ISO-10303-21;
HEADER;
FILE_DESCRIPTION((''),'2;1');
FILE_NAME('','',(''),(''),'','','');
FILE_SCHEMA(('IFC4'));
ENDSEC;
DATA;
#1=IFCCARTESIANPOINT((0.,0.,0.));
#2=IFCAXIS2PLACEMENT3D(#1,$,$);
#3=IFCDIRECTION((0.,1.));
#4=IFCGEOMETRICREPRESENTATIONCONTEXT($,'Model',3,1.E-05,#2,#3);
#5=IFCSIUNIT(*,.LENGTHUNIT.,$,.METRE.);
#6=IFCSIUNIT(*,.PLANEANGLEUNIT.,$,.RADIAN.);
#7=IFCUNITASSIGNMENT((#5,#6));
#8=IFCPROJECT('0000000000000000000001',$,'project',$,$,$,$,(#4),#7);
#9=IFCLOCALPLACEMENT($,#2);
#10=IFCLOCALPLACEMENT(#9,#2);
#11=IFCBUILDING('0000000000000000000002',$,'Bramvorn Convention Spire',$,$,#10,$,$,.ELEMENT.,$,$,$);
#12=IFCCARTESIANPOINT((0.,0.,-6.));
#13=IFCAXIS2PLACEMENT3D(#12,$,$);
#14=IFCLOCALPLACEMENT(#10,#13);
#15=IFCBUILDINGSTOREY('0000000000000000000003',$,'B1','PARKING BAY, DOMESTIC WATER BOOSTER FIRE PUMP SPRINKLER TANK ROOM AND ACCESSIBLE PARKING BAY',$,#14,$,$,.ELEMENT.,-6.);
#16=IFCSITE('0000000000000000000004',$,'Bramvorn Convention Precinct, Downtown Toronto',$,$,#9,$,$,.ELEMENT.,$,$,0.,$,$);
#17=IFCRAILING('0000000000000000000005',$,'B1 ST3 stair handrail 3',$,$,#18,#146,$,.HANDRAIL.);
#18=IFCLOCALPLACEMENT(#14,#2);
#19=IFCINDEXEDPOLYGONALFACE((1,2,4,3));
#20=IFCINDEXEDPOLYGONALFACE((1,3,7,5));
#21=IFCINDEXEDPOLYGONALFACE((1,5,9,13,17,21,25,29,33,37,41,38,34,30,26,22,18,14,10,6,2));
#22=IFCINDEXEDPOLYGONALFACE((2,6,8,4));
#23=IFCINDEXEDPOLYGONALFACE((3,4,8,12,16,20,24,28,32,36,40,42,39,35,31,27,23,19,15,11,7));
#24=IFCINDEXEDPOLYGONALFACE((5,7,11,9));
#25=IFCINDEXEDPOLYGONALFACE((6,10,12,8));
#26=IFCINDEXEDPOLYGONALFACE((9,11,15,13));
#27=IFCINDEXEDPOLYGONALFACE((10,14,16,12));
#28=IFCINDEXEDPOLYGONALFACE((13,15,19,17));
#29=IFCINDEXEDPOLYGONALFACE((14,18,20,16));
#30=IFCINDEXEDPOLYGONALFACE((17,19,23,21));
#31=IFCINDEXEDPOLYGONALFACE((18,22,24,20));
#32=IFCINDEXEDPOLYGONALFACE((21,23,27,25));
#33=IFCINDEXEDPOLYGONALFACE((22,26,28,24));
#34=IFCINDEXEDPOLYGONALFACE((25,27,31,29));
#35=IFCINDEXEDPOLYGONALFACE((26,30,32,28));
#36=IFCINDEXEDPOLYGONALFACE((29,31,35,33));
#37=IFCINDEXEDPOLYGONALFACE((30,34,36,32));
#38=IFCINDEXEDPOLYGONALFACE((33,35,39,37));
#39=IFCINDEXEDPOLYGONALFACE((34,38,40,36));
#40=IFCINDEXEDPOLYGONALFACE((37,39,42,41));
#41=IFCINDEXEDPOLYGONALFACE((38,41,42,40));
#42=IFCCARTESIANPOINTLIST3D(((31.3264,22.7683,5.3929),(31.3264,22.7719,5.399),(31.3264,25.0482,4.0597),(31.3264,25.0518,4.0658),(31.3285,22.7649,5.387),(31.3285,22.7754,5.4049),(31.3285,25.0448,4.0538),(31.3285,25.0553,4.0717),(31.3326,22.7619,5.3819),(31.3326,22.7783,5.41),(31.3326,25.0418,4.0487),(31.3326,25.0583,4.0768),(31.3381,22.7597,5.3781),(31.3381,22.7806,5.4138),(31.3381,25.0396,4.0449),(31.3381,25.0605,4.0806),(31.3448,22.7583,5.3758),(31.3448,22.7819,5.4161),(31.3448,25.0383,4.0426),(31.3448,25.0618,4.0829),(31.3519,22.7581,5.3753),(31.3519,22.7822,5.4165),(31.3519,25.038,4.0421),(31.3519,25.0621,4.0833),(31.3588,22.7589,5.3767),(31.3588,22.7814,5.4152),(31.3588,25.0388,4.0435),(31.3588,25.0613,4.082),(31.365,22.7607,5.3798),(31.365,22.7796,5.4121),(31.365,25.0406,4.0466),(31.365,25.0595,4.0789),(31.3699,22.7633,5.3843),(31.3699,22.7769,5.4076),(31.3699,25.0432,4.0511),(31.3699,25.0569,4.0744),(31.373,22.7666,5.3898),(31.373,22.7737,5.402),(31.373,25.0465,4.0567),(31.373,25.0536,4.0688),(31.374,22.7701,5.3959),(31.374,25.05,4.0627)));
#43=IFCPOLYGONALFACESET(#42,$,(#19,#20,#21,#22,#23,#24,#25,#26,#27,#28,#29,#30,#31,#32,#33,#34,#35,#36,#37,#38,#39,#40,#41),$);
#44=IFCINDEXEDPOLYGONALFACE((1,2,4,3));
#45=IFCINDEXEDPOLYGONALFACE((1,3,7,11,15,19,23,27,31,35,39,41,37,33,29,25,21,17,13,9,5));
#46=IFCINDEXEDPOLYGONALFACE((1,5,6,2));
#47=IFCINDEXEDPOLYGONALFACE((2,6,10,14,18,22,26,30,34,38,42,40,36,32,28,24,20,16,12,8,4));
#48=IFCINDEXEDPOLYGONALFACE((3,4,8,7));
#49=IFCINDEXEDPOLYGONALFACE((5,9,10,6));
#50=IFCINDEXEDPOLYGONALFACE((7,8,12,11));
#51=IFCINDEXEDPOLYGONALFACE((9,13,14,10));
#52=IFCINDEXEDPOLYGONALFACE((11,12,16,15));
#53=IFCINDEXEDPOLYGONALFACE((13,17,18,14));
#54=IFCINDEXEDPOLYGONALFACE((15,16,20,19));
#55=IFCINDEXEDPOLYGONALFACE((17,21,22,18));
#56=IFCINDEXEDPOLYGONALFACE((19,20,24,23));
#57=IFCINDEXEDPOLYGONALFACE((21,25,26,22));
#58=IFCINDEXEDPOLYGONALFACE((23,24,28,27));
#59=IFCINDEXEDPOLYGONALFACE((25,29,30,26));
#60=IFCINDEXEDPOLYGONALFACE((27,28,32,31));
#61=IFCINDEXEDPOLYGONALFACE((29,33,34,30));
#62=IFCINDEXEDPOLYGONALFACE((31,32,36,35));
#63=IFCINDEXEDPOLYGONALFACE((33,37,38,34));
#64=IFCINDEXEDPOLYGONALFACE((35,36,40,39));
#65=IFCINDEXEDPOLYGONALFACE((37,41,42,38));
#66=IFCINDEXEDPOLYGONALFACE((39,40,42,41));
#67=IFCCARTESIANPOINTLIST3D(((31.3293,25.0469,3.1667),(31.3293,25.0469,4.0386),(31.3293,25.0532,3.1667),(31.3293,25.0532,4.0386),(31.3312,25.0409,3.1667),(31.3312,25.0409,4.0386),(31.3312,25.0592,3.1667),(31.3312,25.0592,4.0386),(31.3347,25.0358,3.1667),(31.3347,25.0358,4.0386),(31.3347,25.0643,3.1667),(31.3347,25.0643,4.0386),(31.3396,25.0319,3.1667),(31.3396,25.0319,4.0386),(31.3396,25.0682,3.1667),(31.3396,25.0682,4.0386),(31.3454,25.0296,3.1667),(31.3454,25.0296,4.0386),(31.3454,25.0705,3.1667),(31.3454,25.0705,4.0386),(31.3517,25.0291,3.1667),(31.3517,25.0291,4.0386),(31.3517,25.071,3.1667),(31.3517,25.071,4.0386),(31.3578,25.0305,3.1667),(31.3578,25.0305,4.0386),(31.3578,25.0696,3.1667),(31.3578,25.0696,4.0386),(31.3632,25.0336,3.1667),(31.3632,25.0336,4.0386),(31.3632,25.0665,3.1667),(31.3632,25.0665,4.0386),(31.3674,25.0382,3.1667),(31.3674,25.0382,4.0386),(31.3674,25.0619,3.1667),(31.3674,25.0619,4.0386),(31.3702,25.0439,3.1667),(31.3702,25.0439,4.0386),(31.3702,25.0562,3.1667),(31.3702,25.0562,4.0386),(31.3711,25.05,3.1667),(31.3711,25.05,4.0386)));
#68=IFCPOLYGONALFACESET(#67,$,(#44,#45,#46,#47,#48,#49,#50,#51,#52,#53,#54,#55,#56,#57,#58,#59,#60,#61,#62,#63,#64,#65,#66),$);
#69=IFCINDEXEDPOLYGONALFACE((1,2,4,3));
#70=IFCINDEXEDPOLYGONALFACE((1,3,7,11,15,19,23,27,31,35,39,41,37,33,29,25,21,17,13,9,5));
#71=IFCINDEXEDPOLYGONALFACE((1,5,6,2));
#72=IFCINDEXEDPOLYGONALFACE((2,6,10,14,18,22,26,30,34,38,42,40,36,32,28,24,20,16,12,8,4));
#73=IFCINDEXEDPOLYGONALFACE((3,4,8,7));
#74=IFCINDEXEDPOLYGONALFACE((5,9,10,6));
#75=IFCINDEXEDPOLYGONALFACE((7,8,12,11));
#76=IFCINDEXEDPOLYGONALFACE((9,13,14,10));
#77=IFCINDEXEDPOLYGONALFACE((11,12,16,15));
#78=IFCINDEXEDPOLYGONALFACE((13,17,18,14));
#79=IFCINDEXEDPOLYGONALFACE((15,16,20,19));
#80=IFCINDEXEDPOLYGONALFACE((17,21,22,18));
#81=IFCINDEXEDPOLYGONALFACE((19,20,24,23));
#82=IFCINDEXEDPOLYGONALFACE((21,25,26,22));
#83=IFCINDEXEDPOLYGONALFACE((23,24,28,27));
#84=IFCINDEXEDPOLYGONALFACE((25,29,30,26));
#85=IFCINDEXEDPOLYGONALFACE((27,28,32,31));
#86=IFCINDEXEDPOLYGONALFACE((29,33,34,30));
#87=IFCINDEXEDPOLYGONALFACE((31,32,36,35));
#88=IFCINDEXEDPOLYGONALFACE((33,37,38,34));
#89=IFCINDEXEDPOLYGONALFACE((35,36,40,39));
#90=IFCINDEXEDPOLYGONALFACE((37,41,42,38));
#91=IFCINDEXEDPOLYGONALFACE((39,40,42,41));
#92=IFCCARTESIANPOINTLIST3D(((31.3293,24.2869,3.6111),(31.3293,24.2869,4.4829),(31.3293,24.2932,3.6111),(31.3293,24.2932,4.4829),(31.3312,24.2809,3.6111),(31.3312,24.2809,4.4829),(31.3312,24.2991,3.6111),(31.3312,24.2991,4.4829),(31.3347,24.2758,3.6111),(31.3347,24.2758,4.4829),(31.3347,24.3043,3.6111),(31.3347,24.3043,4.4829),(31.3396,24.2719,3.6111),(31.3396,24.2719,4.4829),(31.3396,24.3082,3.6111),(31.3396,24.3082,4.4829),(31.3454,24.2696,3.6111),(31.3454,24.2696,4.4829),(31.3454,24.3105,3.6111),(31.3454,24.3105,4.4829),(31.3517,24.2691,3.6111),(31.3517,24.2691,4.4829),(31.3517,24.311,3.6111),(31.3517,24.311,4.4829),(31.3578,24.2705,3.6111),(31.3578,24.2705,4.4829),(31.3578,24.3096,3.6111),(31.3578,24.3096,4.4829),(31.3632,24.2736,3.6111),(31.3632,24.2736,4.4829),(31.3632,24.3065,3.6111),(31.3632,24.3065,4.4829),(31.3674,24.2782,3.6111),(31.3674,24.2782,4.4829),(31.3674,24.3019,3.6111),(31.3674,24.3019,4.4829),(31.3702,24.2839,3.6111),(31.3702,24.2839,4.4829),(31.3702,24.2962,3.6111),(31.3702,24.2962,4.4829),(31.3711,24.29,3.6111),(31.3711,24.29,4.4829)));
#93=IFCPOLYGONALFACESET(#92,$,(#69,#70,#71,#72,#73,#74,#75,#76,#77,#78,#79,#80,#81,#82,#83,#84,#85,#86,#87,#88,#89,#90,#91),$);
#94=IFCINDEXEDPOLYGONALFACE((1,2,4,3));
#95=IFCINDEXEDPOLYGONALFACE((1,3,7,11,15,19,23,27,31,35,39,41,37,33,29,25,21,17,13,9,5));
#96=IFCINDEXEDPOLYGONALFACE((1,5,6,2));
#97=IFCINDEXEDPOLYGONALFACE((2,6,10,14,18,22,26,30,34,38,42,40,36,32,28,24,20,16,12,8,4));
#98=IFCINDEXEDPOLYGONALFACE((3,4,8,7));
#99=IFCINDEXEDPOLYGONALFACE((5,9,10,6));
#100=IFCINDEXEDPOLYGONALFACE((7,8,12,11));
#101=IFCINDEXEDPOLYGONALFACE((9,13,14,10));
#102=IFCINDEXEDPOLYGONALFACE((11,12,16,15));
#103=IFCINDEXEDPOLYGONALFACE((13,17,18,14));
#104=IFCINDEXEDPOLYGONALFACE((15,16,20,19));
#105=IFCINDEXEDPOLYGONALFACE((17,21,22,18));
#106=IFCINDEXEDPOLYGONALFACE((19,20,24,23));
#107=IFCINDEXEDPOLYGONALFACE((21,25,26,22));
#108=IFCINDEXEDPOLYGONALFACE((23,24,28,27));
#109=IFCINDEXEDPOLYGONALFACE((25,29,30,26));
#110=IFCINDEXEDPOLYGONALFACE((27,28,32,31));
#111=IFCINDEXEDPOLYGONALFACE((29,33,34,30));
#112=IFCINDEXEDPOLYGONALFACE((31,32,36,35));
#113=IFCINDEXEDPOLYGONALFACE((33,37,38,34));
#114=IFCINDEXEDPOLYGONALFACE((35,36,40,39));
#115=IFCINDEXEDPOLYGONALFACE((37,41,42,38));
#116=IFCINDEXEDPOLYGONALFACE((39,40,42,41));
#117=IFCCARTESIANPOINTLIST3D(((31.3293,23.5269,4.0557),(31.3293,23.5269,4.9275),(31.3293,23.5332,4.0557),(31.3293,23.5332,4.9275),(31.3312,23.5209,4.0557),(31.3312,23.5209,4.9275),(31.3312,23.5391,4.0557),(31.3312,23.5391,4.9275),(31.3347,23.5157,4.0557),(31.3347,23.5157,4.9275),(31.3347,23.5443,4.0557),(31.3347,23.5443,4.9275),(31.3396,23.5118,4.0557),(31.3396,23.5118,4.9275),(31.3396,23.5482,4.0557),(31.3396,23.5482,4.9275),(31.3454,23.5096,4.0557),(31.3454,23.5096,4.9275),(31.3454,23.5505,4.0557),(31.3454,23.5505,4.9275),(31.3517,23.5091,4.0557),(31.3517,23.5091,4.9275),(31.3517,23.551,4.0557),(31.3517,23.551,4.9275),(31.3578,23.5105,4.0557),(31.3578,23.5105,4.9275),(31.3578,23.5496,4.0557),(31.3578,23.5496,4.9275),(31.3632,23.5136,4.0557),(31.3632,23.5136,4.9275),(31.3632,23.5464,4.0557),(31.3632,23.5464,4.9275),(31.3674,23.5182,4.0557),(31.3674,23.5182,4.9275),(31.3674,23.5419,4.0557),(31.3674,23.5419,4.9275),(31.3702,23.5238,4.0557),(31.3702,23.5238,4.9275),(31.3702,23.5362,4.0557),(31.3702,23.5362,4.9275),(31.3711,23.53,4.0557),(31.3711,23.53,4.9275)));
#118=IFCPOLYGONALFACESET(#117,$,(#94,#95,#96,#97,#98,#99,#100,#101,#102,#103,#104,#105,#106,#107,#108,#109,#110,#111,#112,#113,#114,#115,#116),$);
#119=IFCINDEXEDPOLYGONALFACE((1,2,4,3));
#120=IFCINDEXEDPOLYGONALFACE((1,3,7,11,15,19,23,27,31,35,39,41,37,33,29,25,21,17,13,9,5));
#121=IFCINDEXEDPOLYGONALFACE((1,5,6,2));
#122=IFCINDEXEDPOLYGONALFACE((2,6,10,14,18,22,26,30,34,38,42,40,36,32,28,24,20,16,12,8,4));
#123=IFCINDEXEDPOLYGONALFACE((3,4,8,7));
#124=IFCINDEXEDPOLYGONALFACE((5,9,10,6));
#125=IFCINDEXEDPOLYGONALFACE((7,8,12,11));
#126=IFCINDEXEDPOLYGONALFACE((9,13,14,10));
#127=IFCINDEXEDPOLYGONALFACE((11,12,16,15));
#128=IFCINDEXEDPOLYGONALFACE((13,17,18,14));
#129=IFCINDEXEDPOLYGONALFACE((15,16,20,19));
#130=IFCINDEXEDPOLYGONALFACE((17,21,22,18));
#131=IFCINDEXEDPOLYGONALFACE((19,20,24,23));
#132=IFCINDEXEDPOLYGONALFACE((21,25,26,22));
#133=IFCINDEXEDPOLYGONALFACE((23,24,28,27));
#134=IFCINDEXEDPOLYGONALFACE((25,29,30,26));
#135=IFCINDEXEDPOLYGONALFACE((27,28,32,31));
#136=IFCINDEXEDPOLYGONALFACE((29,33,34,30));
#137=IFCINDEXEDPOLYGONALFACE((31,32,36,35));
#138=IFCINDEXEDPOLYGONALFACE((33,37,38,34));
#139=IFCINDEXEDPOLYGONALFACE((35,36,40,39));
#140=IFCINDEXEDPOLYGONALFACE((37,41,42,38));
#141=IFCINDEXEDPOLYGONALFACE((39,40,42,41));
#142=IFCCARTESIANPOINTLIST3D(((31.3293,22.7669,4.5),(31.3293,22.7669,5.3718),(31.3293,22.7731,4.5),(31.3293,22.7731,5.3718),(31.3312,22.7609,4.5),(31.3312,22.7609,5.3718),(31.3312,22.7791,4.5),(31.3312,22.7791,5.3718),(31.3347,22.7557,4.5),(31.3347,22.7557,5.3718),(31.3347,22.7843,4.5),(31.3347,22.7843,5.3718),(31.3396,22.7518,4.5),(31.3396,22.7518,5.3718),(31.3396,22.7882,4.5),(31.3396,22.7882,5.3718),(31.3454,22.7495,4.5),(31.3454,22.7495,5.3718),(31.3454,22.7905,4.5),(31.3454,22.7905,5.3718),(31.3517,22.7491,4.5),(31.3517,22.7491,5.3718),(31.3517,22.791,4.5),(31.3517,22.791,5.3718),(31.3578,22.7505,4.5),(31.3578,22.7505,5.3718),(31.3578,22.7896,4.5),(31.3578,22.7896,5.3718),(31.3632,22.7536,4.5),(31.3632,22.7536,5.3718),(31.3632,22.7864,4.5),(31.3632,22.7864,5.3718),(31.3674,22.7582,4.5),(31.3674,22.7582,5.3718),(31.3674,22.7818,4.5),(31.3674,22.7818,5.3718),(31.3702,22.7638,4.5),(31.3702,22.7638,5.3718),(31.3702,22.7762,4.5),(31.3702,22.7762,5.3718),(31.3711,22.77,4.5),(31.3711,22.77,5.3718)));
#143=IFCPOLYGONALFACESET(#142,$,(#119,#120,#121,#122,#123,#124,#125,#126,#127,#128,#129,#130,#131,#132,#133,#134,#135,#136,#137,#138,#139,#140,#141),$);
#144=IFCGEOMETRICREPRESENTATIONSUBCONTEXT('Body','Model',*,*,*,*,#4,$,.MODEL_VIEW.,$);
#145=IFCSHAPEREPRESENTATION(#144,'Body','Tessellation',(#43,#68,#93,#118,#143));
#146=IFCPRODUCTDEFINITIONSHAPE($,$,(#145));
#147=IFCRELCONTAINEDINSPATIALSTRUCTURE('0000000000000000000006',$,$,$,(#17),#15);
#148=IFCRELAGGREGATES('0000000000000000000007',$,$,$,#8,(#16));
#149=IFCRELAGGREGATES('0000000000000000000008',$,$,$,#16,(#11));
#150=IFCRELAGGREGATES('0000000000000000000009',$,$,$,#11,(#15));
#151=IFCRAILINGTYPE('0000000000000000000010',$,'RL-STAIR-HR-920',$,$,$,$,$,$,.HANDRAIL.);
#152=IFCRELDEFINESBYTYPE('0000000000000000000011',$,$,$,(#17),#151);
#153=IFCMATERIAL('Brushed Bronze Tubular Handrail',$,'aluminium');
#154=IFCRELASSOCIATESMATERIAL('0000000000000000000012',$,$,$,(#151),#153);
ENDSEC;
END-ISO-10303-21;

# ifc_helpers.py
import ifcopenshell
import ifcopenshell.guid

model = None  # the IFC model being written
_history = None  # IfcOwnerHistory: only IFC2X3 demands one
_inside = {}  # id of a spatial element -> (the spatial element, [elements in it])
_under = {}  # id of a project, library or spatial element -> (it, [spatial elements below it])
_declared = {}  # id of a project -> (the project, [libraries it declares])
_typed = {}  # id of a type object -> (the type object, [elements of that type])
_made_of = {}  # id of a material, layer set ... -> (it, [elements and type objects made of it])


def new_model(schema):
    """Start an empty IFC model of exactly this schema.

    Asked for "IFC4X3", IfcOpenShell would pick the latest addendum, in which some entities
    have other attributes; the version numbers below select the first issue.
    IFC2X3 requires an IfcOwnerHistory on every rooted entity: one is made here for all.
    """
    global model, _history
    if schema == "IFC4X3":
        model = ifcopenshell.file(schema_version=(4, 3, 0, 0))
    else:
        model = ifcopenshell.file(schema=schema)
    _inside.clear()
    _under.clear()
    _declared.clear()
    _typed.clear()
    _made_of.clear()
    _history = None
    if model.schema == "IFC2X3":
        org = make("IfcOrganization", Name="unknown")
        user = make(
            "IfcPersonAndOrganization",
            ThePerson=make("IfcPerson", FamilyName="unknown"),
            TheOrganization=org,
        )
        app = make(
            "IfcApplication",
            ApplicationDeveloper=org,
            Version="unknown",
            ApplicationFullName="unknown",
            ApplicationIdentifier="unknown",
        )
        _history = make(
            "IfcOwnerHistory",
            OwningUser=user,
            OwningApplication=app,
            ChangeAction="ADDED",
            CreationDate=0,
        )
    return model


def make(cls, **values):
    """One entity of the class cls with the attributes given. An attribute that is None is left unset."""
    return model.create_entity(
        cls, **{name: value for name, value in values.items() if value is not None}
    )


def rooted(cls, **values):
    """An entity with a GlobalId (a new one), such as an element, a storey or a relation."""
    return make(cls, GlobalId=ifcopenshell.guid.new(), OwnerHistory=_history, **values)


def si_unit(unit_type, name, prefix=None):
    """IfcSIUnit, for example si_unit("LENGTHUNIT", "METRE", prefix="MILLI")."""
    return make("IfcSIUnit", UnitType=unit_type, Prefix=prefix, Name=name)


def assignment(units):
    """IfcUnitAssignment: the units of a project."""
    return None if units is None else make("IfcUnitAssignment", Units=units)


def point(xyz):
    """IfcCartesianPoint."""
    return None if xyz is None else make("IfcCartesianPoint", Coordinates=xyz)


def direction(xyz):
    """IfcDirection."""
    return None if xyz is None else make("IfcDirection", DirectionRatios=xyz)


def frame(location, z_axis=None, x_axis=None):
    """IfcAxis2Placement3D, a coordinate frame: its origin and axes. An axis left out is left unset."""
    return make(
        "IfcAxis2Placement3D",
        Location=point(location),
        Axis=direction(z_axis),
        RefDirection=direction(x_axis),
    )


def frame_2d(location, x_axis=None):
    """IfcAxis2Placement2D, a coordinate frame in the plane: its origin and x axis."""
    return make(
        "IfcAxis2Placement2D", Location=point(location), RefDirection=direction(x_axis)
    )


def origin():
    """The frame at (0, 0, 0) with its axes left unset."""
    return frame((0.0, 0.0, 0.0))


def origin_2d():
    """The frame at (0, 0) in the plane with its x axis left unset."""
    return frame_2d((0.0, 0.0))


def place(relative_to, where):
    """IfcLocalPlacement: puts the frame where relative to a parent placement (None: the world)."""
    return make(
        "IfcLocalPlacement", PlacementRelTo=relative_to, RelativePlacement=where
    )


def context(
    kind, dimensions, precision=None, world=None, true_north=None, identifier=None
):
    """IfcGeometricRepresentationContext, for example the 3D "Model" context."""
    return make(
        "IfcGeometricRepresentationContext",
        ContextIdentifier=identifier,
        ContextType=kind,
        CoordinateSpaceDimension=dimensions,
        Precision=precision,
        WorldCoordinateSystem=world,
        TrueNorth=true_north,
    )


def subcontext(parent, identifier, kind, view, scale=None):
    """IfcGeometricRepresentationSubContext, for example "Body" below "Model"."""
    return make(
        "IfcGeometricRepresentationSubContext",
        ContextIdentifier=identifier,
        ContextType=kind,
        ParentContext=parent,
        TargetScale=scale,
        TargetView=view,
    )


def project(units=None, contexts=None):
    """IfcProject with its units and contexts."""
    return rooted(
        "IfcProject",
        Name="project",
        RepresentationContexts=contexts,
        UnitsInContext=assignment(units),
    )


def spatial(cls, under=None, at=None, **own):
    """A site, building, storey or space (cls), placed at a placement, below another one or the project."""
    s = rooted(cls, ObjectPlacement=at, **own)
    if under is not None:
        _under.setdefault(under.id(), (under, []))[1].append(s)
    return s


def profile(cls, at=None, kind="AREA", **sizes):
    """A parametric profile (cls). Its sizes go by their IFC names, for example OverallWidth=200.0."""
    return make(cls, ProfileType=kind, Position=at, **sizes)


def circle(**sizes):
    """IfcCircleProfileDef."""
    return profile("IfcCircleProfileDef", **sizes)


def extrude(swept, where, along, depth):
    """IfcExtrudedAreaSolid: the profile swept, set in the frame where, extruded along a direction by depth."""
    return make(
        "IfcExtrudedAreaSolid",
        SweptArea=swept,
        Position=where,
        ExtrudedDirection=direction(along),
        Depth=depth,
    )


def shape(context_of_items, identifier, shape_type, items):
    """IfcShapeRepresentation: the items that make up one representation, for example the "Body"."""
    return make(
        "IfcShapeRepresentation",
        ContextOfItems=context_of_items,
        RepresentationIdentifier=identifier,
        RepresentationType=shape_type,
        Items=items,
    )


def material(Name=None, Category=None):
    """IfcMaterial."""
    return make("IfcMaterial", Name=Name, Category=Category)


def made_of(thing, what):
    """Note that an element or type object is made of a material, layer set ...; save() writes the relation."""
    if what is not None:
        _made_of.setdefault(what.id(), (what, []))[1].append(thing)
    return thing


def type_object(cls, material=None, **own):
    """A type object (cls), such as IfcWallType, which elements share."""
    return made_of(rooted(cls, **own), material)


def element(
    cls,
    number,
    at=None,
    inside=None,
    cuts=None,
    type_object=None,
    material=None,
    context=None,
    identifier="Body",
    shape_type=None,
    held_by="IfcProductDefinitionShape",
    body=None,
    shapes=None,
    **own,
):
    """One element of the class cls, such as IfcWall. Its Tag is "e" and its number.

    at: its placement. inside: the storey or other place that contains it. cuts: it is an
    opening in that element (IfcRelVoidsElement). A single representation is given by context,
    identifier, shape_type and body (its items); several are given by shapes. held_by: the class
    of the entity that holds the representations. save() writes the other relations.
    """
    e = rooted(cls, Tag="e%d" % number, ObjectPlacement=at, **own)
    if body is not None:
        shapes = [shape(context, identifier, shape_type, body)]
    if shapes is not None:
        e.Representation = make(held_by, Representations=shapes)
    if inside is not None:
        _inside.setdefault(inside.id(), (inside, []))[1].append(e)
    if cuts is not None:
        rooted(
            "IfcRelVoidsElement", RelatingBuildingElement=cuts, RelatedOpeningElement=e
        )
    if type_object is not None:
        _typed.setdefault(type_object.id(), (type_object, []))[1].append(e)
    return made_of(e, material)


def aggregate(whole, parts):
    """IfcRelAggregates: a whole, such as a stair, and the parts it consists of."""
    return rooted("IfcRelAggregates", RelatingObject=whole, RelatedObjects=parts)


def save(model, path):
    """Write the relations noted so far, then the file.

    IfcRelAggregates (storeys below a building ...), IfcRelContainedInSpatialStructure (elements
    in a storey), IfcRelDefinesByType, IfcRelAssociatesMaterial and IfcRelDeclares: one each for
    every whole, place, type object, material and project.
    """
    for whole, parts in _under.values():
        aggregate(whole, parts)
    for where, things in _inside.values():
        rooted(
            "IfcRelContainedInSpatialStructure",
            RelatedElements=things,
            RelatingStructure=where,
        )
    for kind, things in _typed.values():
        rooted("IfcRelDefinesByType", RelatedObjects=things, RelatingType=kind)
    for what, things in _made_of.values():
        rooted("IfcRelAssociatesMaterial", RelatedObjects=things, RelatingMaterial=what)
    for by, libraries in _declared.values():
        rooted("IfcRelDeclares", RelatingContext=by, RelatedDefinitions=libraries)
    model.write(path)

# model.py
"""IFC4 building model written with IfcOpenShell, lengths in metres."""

from ifc_helpers import new_model, si_unit, direction, frame, origin, origin_2d, place, context, subcontext, project, spatial, circle, extrude, material, type_object, element, save


model = new_model("IFC4")

# Units and contexts
model_context = context("Model", 3, precision=1e-05, world=origin(), true_north=direction((0.0, 1.0)))
body_context = subcontext(model_context, "Body", "Model", "MODEL_VIEW")
ifc_project = project(units=[si_unit("LENGTHUNIT", "METRE"), si_unit("PLANEANGLEUNIT", "RADIAN")], contexts=[model_context])

# Site, building, storey
site_placement = place(None, origin())
site = spatial("IfcSite", under=ifc_project, at=site_placement, Name="Bramvorn Convention Precinct, Downtown Toronto", CompositionType="ELEMENT", RefElevation=0.0)
building_placement = place(site_placement, origin())
building = spatial("IfcBuilding", under=site, at=building_placement, Name="Bramvorn Convention Spire", CompositionType="ELEMENT")
storey_placement = place(building_placement, frame((0.0, 0.0, -6.0)))
storey = spatial("IfcBuildingStorey", under=building, at=storey_placement, Name="B1", Description="PARKING BAY, DOMESTIC WATER BOOSTER FIRE PUMP SPRINKLER TANK ROOM AND ACCESSIBLE PARKING BAY", CompositionType="ELEMENT", Elevation=-6.0)

# Railing
ifc_material_1 = material(Name="Brushed Bronze Tubular Handrail", Category="aluminium")
railing_type_1 = type_object("IfcRailingType", Name="RL-STAIR-HR-920", PredefinedType="HANDRAIL", material=ifc_material_1)
for number, where, name in (
    (1, (31.3501, 25.05, 3.1667), "B1 ST3 stair handrail 3"),
):
    element("IfcRailing", number, at=place(storey_placement, frame(where)), inside=storey, type_object=railing_type_1, Name=name, PredefinedType="HANDRAIL", context=body_context, shape_type="SweptSolid", body=[
        extrude(circle(Radius=0.0239, at=origin_2d()), frame((0.0, 0.0, 0.896), z_axis=(0.0, -0.863245, 0.504785), x_axis=(1.0, 0.0, 0.0)), (0.0, 0.0, 1.0), 2.6411),
        extrude(circle(Radius=0.021, at=origin_2d()), origin(), (0.0, 0.0, 1.0), 0.8718),
        extrude(circle(Radius=0.021, at=origin_2d()), frame((0.0, -0.76, 0.4443)), (0.0, 0.0, 1.0), 0.8718),
        extrude(circle(Radius=0.021, at=origin_2d()), frame((0.0, -1.52, 0.8889)), (0.0, 0.0, 1.0), 0.8718),
        extrude(circle(Radius=0.021, at=origin_2d()), frame((0.0, -2.28, 1.3333)), (0.0, 0.0, 1.0), 0.8718),
    ])

save(model, "model.ifc")
